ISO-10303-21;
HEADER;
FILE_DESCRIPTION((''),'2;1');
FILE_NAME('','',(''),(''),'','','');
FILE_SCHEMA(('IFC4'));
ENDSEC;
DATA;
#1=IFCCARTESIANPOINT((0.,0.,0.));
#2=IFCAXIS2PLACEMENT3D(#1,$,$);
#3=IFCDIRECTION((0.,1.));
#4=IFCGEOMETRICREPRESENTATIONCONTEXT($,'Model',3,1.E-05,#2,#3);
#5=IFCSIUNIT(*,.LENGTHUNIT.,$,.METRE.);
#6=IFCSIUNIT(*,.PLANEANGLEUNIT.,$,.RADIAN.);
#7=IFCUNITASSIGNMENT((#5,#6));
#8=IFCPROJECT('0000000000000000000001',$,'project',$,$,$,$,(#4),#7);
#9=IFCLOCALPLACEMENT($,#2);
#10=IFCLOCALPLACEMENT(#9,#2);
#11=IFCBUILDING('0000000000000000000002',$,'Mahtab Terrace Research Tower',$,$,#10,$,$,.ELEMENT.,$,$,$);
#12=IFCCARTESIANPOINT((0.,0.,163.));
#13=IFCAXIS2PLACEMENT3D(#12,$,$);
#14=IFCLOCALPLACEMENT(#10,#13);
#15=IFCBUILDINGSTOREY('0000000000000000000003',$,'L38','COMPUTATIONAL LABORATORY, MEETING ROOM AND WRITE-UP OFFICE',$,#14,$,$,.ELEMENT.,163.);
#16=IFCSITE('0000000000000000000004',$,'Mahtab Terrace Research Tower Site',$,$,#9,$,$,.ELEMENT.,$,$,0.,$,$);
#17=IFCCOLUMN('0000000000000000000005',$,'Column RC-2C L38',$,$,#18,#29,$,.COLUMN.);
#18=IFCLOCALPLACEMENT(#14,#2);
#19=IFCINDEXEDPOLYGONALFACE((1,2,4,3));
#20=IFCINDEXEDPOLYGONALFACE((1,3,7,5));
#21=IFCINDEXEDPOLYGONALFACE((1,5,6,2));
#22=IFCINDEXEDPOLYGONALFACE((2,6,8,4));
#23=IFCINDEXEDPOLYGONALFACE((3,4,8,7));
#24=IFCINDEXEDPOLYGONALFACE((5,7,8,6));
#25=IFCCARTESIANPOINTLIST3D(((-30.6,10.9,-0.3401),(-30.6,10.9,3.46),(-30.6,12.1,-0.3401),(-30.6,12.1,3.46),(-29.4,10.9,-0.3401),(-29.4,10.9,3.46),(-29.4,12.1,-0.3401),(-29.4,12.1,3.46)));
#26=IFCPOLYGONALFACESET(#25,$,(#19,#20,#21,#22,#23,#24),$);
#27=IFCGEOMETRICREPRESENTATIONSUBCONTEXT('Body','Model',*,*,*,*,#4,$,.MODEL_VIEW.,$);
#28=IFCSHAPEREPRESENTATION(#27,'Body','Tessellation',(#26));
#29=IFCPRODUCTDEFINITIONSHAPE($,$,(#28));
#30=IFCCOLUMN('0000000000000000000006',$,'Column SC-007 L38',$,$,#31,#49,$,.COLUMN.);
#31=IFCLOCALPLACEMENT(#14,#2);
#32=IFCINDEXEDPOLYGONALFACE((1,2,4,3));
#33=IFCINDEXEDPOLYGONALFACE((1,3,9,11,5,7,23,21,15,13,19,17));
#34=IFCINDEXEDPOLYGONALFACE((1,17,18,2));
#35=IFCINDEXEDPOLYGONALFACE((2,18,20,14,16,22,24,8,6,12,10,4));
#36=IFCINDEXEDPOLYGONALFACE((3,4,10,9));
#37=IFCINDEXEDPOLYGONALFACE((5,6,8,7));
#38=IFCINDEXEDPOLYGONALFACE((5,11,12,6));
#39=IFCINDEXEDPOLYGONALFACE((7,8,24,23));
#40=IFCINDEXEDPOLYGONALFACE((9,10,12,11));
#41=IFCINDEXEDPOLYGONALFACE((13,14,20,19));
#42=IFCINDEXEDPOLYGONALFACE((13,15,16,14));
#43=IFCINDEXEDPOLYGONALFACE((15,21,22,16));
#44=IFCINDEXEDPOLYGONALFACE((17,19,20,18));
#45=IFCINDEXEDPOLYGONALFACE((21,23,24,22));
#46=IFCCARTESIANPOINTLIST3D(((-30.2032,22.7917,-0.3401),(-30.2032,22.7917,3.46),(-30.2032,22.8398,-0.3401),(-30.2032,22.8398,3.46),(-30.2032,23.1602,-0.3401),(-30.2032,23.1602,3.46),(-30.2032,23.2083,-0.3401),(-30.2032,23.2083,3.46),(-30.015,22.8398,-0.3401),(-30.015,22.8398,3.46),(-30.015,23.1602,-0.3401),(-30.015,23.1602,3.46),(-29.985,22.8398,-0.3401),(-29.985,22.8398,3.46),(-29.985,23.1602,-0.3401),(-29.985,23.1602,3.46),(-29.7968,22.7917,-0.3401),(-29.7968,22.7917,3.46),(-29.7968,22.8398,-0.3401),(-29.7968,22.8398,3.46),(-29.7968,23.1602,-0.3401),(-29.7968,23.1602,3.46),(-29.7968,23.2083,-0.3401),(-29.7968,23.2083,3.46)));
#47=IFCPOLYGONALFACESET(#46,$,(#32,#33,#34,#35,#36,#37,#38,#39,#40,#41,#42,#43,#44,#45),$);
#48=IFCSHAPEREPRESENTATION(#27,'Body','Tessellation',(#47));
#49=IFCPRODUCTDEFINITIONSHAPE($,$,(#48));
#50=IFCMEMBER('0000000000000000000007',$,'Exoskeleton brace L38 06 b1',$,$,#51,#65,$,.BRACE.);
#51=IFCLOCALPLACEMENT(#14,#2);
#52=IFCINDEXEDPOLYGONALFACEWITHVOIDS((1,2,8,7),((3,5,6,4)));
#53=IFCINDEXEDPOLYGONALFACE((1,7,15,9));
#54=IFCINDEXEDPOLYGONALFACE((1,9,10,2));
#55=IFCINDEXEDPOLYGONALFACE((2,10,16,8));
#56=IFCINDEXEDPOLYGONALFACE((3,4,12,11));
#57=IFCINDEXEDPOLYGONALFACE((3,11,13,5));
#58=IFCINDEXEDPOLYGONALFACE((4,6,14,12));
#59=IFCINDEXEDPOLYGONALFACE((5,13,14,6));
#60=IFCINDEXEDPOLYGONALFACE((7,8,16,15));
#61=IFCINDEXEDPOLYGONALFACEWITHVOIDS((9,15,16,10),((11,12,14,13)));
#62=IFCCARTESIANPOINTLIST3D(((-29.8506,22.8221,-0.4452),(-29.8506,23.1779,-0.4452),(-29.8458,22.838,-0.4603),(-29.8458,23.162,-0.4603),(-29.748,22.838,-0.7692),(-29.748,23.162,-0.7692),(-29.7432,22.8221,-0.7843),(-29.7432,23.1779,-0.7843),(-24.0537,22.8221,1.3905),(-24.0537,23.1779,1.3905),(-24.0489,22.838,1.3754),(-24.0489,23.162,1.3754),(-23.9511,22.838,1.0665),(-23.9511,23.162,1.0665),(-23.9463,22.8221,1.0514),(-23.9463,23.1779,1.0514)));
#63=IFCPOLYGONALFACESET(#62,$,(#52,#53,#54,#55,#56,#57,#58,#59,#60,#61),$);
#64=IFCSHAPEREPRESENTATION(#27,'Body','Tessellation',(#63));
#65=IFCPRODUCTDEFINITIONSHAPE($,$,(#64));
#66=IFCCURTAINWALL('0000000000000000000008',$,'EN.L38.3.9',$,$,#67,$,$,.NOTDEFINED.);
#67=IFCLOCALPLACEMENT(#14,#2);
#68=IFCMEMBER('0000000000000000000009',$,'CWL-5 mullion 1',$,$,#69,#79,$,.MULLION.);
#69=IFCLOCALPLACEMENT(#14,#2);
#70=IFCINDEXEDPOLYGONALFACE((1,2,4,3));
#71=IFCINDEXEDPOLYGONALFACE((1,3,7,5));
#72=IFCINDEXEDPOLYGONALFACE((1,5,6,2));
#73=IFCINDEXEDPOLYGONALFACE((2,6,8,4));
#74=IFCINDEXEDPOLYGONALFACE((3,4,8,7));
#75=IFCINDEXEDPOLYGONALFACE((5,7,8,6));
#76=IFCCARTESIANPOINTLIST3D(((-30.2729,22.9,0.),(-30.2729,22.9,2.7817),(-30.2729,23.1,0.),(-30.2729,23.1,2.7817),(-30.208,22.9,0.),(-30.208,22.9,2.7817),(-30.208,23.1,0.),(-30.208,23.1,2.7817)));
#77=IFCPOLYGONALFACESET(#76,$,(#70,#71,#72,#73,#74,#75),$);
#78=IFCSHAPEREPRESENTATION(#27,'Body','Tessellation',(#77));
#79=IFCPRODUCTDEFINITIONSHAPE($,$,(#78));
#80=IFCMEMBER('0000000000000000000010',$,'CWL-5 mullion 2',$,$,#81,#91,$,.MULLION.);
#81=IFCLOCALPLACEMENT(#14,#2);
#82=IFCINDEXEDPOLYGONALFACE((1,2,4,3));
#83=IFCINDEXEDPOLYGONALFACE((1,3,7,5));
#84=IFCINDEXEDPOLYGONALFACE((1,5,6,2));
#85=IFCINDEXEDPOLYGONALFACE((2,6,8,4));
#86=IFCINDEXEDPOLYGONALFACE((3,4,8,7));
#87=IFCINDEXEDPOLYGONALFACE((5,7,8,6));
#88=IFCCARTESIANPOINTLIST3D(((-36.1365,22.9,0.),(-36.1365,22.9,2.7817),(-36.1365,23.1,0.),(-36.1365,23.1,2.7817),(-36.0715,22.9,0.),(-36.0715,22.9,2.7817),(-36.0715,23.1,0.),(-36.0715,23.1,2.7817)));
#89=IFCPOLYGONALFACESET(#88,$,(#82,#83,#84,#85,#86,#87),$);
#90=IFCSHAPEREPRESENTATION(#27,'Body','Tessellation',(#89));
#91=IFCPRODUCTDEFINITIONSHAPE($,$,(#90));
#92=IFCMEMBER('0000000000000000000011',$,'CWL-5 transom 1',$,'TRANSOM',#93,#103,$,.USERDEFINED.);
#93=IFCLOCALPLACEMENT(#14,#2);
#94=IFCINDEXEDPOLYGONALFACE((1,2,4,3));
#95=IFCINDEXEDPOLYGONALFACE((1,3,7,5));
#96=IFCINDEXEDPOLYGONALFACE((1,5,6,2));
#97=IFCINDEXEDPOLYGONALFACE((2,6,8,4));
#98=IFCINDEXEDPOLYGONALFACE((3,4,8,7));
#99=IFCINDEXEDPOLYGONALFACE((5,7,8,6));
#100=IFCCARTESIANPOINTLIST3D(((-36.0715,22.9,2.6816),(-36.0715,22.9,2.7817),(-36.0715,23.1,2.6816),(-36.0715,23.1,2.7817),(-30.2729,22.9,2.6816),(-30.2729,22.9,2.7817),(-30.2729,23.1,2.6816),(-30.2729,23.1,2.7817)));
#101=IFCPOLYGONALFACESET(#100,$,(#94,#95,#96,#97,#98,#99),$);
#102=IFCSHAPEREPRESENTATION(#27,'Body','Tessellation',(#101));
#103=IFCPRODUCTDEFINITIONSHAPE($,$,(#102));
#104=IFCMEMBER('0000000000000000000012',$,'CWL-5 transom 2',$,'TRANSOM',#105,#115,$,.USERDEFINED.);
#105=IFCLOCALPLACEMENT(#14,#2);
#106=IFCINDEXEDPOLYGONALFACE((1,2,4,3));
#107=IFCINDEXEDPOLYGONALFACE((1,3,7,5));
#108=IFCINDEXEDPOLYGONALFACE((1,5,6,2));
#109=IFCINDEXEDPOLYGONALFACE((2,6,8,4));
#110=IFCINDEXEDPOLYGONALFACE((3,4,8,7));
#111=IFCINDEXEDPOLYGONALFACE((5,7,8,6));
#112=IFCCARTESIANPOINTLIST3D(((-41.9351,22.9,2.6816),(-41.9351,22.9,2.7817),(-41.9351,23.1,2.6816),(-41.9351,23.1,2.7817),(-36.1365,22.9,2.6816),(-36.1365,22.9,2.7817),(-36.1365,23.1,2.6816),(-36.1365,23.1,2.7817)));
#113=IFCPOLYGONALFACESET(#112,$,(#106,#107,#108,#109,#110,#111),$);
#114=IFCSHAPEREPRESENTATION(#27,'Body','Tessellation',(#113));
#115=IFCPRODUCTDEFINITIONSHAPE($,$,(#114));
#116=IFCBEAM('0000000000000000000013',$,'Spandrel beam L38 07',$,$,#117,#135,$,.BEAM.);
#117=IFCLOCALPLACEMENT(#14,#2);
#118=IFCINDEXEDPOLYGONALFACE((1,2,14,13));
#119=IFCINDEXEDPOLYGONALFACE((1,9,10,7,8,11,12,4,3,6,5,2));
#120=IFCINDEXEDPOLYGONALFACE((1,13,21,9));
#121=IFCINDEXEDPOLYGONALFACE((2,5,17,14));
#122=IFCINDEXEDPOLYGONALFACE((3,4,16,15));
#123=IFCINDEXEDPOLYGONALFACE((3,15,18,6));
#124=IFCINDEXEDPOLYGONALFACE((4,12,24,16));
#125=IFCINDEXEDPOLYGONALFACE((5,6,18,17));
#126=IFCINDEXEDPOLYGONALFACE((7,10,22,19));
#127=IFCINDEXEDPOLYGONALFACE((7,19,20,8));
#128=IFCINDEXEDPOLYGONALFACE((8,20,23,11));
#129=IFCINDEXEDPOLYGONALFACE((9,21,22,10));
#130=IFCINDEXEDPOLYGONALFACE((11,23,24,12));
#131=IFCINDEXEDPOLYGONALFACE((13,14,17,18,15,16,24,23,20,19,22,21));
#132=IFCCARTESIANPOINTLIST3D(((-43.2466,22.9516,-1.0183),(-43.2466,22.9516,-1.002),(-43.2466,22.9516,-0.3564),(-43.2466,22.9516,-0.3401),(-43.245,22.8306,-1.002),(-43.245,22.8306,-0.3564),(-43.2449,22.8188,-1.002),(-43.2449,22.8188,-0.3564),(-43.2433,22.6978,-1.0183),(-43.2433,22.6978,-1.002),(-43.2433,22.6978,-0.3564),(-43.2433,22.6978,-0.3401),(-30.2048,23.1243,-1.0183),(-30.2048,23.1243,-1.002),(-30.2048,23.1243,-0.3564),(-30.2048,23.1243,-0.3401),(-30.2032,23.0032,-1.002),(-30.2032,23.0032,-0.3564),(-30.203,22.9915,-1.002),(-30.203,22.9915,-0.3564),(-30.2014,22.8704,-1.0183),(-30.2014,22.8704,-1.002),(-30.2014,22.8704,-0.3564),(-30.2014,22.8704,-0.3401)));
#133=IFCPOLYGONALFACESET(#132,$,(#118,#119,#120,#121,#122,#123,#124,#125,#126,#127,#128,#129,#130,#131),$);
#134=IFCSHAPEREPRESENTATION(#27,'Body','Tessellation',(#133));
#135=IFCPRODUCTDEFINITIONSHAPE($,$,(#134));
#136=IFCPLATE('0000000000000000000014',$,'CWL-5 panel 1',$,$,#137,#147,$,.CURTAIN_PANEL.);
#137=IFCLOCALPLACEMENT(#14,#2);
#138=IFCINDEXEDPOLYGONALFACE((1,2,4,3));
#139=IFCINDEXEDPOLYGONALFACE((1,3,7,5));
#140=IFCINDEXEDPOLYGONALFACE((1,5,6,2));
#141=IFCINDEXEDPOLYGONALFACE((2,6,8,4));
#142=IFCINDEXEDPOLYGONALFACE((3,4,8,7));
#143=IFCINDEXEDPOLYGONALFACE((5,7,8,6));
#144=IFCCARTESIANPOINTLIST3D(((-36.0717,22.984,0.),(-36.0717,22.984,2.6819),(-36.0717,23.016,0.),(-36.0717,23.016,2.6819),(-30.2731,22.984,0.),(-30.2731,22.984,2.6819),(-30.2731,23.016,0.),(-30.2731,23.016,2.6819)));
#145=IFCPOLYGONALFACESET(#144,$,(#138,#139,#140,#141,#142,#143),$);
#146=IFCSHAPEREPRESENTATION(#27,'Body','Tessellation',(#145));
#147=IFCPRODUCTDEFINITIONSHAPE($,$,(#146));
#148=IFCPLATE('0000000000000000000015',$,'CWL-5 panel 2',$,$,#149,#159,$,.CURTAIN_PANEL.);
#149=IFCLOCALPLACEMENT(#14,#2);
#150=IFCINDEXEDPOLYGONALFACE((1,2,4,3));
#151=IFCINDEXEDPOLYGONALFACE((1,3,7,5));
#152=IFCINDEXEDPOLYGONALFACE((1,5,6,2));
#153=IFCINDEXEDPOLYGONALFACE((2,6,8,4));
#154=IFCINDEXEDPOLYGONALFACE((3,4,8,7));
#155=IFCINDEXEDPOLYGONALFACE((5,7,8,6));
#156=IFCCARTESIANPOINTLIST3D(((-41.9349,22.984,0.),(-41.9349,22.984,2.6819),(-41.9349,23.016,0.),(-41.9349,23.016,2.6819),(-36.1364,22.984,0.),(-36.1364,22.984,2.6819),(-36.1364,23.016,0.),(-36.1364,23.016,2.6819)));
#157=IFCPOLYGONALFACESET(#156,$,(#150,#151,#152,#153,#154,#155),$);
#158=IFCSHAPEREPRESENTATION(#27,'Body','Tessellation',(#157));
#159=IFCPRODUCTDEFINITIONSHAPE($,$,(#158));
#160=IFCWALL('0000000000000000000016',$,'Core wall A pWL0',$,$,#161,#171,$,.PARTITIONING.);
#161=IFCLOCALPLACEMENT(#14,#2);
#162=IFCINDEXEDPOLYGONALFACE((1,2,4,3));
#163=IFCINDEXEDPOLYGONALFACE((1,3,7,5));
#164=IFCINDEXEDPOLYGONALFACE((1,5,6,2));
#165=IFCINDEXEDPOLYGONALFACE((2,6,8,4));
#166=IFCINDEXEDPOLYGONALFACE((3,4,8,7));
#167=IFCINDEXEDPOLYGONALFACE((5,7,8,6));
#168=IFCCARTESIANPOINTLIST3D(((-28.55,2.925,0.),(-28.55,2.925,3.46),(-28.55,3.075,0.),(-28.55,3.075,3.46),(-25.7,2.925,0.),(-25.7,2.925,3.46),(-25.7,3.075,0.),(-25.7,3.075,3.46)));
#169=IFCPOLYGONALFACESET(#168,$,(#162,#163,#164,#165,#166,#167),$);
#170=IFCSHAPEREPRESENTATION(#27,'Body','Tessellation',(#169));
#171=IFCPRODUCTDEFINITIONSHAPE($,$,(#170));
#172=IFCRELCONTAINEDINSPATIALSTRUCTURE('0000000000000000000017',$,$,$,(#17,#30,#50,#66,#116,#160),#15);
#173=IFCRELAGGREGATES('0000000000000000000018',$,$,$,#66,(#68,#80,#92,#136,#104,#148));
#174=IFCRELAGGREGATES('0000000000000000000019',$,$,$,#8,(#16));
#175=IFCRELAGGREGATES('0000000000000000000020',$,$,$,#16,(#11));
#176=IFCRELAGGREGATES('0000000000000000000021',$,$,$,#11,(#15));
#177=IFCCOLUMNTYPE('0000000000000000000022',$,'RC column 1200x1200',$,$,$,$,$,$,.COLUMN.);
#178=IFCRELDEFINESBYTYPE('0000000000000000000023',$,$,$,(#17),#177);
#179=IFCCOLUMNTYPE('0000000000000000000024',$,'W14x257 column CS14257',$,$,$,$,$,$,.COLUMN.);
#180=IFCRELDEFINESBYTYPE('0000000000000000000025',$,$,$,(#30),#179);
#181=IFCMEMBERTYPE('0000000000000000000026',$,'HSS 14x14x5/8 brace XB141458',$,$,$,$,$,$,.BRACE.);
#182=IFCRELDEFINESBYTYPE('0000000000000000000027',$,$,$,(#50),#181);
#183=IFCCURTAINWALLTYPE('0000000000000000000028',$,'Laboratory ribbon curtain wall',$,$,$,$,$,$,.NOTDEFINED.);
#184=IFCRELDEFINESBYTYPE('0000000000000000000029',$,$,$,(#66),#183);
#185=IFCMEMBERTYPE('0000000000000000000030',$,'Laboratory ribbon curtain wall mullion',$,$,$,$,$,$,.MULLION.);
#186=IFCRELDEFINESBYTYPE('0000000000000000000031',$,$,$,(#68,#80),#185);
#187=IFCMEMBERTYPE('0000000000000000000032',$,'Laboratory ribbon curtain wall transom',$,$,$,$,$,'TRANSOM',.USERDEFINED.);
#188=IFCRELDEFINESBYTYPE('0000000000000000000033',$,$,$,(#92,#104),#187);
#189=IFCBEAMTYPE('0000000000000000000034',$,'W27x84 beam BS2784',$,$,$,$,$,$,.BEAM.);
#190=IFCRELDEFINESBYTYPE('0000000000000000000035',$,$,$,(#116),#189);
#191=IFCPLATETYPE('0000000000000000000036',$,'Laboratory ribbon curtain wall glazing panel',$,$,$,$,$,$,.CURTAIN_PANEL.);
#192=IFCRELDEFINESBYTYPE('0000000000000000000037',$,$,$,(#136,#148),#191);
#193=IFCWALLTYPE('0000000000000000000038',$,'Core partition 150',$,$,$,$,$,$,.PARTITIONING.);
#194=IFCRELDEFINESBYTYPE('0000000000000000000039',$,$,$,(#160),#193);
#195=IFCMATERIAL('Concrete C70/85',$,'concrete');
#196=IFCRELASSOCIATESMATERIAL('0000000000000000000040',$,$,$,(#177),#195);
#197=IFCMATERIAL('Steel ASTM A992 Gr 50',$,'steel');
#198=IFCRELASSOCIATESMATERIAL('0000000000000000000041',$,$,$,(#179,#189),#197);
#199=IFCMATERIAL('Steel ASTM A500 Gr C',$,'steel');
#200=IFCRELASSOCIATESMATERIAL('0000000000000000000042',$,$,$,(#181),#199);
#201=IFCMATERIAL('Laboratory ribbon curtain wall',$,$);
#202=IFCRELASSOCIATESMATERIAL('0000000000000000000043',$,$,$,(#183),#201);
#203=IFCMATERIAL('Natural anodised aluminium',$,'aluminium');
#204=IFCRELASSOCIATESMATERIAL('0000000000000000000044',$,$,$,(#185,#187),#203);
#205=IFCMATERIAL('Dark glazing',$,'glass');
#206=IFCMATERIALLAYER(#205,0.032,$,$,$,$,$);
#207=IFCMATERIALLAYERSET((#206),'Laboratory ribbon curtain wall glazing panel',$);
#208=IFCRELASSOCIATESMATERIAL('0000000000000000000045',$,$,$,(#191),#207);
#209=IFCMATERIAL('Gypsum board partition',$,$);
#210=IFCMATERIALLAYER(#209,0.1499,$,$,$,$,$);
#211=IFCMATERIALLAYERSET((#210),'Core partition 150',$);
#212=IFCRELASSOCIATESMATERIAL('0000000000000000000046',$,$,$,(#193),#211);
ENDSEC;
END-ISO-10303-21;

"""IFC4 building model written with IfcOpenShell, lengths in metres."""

from ifc_helpers import new_model, si_unit, direction, frame, frame_2d, origin, origin_2d, place, context, subcontext, project, spatial, rectangle, hollow_rectangle, i_section, extrude, material, layer, layer_set, material_profile, profile_set, type_object, element, aggregate, save


model = new_model("IFC4")

# Units and contexts
model_context = context("Model", 3, precision=1e-05, world=origin(), true_north=direction((0.0, 1.0)))
body_context = subcontext(model_context, "Body", "Model", "MODEL_VIEW")
ifc_project = project(units=[si_unit("LENGTHUNIT", "METRE"), si_unit("PLANEANGLEUNIT", "RADIAN")], contexts=[model_context])

# Site, building, storey
site_placement = place(None, origin())
site = spatial("IfcSite", under=ifc_project, at=site_placement, Name="Mahtab Terrace Research Tower Site", CompositionType="ELEMENT", RefElevation=0.0)
building_placement = place(site_placement, origin())
building = spatial("IfcBuilding", under=site, at=building_placement, Name="Mahtab Terrace Research Tower", CompositionType="ELEMENT")
storey_placement = place(building_placement, frame((0.0, 0.0, 163.0)))
storey = spatial("IfcBuildingStorey", under=building, at=storey_placement, Name="L38", Description="COMPUTATIONAL LABORATORY, MEETING ROOM AND WRITE-UP OFFICE", CompositionType="ELEMENT", Elevation=163.0)

# Columns
ifc_material_1 = material(Name="Concrete C70/85", Category="concrete")
ifc_material_profile_1 = material_profile(ifc_material_1, rectangle(XDim=1.2, YDim=1.2, at=origin_2d()), Name="RC column 1200x1200")
ifc_profile_set_1 = profile_set([ifc_material_profile_1], Name="Concrete C70/85")
column_type_1 = type_object("IfcColumnType", Name="RC column 1200x1200", PredefinedType="COLUMN", material=ifc_profile_set_1)
column_1_placement = place(storey_placement, frame((-30.0, 11.5, -0.3401), z_axis=(0.0, 0.0, 1.0), x_axis=(1.0, 0.0, 0.0)))
element("IfcColumn", 1, at=column_1_placement, inside=storey, type_object=column_type_1, Name="Column RC-2C L38", PredefinedType="COLUMN", context=body_context, shape_type="SweptSolid", body=[
    extrude(rectangle(XDim=1.2, YDim=1.2, at=origin_2d()), origin(), (0.0, 0.0, 1.0), 3.8),
])
ifc_material_2 = material(Name="Steel ASTM A992 Gr 50", Category="steel")
ifc_material_profile_2 = material_profile(ifc_material_2, i_section(OverallWidth=0.4065, OverallDepth=0.4165, WebThickness=0.03, FlangeThickness=0.0481, at=origin_2d()), Name="W14X257")
ifc_profile_set_2 = profile_set([ifc_material_profile_2], Name="Steel ASTM A992 Gr 50")
column_type_2 = type_object("IfcColumnType", Name="W14x257 column CS14257", PredefinedType="COLUMN", material=ifc_profile_set_2)
column_2_placement = place(storey_placement, frame((-30.0, 23.0, -0.3401), z_axis=(0.0, 0.0, 1.0), x_axis=(1.0, 0.0, 0.0)))
element("IfcColumn", 2, at=column_2_placement, inside=storey, type_object=column_type_2, Name="Column SC-007 L38", PredefinedType="COLUMN", context=body_context, shape_type="SweptSolid", body=[
    extrude(i_section(OverallWidth=0.4065, OverallDepth=0.4165, WebThickness=0.03, FlangeThickness=0.0481, at=origin_2d()), origin(), (0.0, 0.0, 1.0), 3.8),
])

# Member
ifc_material_3 = material(Name="Steel ASTM A500 Gr C", Category="steel")
ifc_material_profile_3 = material_profile(ifc_material_3, hollow_rectangle(XDim=0.3557, YDim=0.3557, WallThickness=0.0159, at=origin_2d()), Name="HSS14X14X5/8")
ifc_profile_set_3 = profile_set([ifc_material_profile_3], Name="Steel ASTM A500 Gr C")
member_type_1 = type_object("IfcMemberType", Name="HSS 14x14x5/8 brace XB141458", PredefinedType="BRACE", material=ifc_profile_set_3)
member_1_placement = place(storey_placement, frame((-29.7969, 23.0, -0.6147), z_axis=(0.953341, 0.0, 0.301894), x_axis=(0.0, 1.0, 0.0)))
element("IfcMember", 3, at=member_1_placement, inside=storey, type_object=member_type_1, Name="Exoskeleton brace L38 06 b1", PredefinedType="BRACE", context=body_context, shape_type="SweptSolid", body=[
    extrude(hollow_rectangle(XDim=0.3557, YDim=0.3557, WallThickness=0.0159, at=origin_2d()), origin(), (0.0, 0.0, 1.0), 6.0806),
])

# Curtain wall, members
ifc_material_4 = material(Name="Laboratory ribbon curtain wall")
curtain_wall_type = type_object("IfcCurtainWallType", Name="Laboratory ribbon curtain wall", PredefinedType="NOTDEFINED", material=ifc_material_4)
curtain_wall_placement = place(storey_placement, origin())
curtain_wall = element("IfcCurtainWall", 4, at=curtain_wall_placement, inside=storey, type_object=curtain_wall_type, Name="EN.L38.3.9", PredefinedType="NOTDEFINED")
ifc_material_5 = material(Name="Natural anodised aluminium", Category="aluminium")
ifc_material_profile_4 = material_profile(ifc_material_5, rectangle(XDim=0.2, YDim=0.0649, at=origin_2d()), Name="MULLION 65x200")
ifc_profile_set_4 = profile_set([ifc_material_profile_4], Name="Natural anodised aluminium")
member_type_2 = type_object("IfcMemberType", Name="Laboratory ribbon curtain wall mullion", PredefinedType="MULLION", material=ifc_profile_set_4)
member_2_placement = place(storey_placement, frame((-30.2405, 23.0, 0.0), z_axis=(0.0, 0.0, 1.0), x_axis=(0.0, -1.0, 0.0)))
member_2 = element("IfcMember", 5, at=member_2_placement, type_object=member_type_2, Name="CWL-5 mullion 1", PredefinedType="MULLION", context=body_context, shape_type="SweptSolid", body=[
    extrude(rectangle(XDim=0.2, YDim=0.0649, at=origin_2d()), origin(), (0.0, 0.0, 1.0), 2.7817),
])
member_3_placement = place(storey_placement, frame((-36.104, 23.0, 0.0), z_axis=(0.0, 0.0, 1.0), x_axis=(0.0, -1.0, 0.0)))
member_3 = element("IfcMember", 6, at=member_3_placement, type_object=member_type_2, Name="CWL-5 mullion 2", PredefinedType="MULLION", context=body_context, shape_type="SweptSolid", body=[
    extrude(rectangle(XDim=0.2, YDim=0.0649, at=origin_2d()), origin(), (0.0, 0.0, 1.0), 2.7817),
])
ifc_material_profile_5 = material_profile(ifc_material_5, rectangle(XDim=0.2, YDim=0.1001, at=origin_2d()), Name="TRANSOM 100x200")
ifc_profile_set_5 = profile_set([ifc_material_profile_5], Name="Natural anodised aluminium")
member_type_3 = type_object("IfcMemberType", Name="Laboratory ribbon curtain wall transom", ElementType="TRANSOM", PredefinedType="USERDEFINED", material=ifc_profile_set_5)
member_4_placement = place(storey_placement, frame((-30.2729, 23.0, 2.7317), z_axis=(-1.0, 0.0, 0.0), x_axis=(0.0, -1.0, 0.0)))
member_4 = element("IfcMember", 7, at=member_4_placement, type_object=member_type_3, Name="CWL-5 transom 1", ObjectType="TRANSOM", PredefinedType="USERDEFINED", context=body_context, shape_type="SweptSolid", body=[
    extrude(rectangle(XDim=0.2, YDim=0.1001, at=origin_2d()), origin(), (0.0, 0.0, 1.0), 5.7986),
])
member_5_placement = place(storey_placement, frame((-36.1365, 23.0, 2.7317), z_axis=(-1.0, 0.0, 0.0), x_axis=(0.0, -1.0, 0.0)))
member_5 = element("IfcMember", 8, at=member_5_placement, type_object=member_type_3, Name="CWL-5 transom 2", ObjectType="TRANSOM", PredefinedType="USERDEFINED", context=body_context, shape_type="SweptSolid", body=[
    extrude(rectangle(XDim=0.2, YDim=0.1001, at=origin_2d()), origin(), (0.0, 0.0, 1.0), 5.7986),
])

# Beam
ifc_material_profile_6 = material_profile(ifc_material_2, i_section(OverallWidth=0.2539, OverallDepth=0.6782, WebThickness=0.0117, FlangeThickness=0.0164, at=origin_2d()), Name="W27X84")
ifc_profile_set_6 = profile_set([ifc_material_profile_6], Name="Steel ASTM A992 Gr 50")
beam_type = type_object("IfcBeamType", Name="W27x84 beam BS2784", PredefinedType="BEAM", material=ifc_profile_set_6)
beam_placement = place(storey_placement, frame((-30.2031, 22.9973, -0.6792), z_axis=(-0.999912, -0.013234, 0.0), x_axis=(0.013234, -0.999912, 0.0)))
element("IfcBeam", 9, at=beam_placement, inside=storey, type_object=beam_type, Name="Spandrel beam L38 07", PredefinedType="BEAM", context=body_context, shape_type="SweptSolid", body=[
    extrude(i_section(OverallWidth=0.2539, OverallDepth=0.6782, WebThickness=0.0117, FlangeThickness=0.0164, at=origin_2d()), origin(), (0.0, 0.0, 1.0), 13.043),
])

# Plates
ifc_material_6 = material(Name="Dark glazing", Category="glass")
ifc_layer_1 = layer(ifc_material_6, 0.032)
ifc_layer_set_1 = layer_set([ifc_layer_1], Name="Laboratory ribbon curtain wall glazing panel")
plate_type = type_object("IfcPlateType", Name="Laboratory ribbon curtain wall glazing panel", PredefinedType="CURTAIN_PANEL", material=ifc_layer_set_1)
plate_1_placement = place(storey_placement, frame((-33.1724, 23.0, 0.0), z_axis=(0.0, 0.0, 1.0), x_axis=(-1.0, 0.0, 0.0)))
plate_1 = element("IfcPlate", 10, at=plate_1_placement, type_object=plate_type, Name="CWL-5 panel 1", PredefinedType="CURTAIN_PANEL", context=body_context, shape_type="SweptSolid", body=[
    extrude(rectangle(XDim=5.7986, YDim=0.032, at=origin_2d()), origin(), (0.0, 0.0, 1.0), 2.6819),
])
plate_2_placement = place(storey_placement, frame((-39.0356, 23.0, 0.0), z_axis=(0.0, 0.0, 1.0), x_axis=(-1.0, 0.0, 0.0)))
plate_2 = element("IfcPlate", 11, at=plate_2_placement, type_object=plate_type, Name="CWL-5 panel 2", PredefinedType="CURTAIN_PANEL", context=body_context, shape_type="SweptSolid", body=[
    extrude(rectangle(XDim=5.7986, YDim=0.032, at=origin_2d()), origin(), (0.0, 0.0, 1.0), 2.6819),
])
aggregate(curtain_wall, [member_2, member_3, member_4, plate_1, member_5, plate_2])

# Wall
ifc_material_7 = material(Name="Gypsum board partition")
ifc_layer_2 = layer(ifc_material_7, 0.1499)
ifc_layer_set_2 = layer_set([ifc_layer_2], Name="Core partition 150")
wall_type_1 = type_object("IfcWallType", Name="Core partition 150", PredefinedType="PARTITIONING", material=ifc_layer_set_2)
wall_1_placement = place(storey_placement, frame((-28.55, 3.0, 0.0), z_axis=(0.0, 0.0, 1.0), x_axis=(1.0, 0.0, 0.0)))
element("IfcWall", 12, at=wall_1_placement, inside=storey, type_object=wall_type_1, Name="Core wall A pWL0", PredefinedType="PARTITIONING", context=body_context, shape_type="SweptSolid", body=[
    extrude(rectangle(XDim=2.8501, YDim=0.1499, at=frame_2d((1.425, 0.0))), origin(), (0.0, 0.0, 1.0), 3.46),
])

save(model, "model.ifc")
